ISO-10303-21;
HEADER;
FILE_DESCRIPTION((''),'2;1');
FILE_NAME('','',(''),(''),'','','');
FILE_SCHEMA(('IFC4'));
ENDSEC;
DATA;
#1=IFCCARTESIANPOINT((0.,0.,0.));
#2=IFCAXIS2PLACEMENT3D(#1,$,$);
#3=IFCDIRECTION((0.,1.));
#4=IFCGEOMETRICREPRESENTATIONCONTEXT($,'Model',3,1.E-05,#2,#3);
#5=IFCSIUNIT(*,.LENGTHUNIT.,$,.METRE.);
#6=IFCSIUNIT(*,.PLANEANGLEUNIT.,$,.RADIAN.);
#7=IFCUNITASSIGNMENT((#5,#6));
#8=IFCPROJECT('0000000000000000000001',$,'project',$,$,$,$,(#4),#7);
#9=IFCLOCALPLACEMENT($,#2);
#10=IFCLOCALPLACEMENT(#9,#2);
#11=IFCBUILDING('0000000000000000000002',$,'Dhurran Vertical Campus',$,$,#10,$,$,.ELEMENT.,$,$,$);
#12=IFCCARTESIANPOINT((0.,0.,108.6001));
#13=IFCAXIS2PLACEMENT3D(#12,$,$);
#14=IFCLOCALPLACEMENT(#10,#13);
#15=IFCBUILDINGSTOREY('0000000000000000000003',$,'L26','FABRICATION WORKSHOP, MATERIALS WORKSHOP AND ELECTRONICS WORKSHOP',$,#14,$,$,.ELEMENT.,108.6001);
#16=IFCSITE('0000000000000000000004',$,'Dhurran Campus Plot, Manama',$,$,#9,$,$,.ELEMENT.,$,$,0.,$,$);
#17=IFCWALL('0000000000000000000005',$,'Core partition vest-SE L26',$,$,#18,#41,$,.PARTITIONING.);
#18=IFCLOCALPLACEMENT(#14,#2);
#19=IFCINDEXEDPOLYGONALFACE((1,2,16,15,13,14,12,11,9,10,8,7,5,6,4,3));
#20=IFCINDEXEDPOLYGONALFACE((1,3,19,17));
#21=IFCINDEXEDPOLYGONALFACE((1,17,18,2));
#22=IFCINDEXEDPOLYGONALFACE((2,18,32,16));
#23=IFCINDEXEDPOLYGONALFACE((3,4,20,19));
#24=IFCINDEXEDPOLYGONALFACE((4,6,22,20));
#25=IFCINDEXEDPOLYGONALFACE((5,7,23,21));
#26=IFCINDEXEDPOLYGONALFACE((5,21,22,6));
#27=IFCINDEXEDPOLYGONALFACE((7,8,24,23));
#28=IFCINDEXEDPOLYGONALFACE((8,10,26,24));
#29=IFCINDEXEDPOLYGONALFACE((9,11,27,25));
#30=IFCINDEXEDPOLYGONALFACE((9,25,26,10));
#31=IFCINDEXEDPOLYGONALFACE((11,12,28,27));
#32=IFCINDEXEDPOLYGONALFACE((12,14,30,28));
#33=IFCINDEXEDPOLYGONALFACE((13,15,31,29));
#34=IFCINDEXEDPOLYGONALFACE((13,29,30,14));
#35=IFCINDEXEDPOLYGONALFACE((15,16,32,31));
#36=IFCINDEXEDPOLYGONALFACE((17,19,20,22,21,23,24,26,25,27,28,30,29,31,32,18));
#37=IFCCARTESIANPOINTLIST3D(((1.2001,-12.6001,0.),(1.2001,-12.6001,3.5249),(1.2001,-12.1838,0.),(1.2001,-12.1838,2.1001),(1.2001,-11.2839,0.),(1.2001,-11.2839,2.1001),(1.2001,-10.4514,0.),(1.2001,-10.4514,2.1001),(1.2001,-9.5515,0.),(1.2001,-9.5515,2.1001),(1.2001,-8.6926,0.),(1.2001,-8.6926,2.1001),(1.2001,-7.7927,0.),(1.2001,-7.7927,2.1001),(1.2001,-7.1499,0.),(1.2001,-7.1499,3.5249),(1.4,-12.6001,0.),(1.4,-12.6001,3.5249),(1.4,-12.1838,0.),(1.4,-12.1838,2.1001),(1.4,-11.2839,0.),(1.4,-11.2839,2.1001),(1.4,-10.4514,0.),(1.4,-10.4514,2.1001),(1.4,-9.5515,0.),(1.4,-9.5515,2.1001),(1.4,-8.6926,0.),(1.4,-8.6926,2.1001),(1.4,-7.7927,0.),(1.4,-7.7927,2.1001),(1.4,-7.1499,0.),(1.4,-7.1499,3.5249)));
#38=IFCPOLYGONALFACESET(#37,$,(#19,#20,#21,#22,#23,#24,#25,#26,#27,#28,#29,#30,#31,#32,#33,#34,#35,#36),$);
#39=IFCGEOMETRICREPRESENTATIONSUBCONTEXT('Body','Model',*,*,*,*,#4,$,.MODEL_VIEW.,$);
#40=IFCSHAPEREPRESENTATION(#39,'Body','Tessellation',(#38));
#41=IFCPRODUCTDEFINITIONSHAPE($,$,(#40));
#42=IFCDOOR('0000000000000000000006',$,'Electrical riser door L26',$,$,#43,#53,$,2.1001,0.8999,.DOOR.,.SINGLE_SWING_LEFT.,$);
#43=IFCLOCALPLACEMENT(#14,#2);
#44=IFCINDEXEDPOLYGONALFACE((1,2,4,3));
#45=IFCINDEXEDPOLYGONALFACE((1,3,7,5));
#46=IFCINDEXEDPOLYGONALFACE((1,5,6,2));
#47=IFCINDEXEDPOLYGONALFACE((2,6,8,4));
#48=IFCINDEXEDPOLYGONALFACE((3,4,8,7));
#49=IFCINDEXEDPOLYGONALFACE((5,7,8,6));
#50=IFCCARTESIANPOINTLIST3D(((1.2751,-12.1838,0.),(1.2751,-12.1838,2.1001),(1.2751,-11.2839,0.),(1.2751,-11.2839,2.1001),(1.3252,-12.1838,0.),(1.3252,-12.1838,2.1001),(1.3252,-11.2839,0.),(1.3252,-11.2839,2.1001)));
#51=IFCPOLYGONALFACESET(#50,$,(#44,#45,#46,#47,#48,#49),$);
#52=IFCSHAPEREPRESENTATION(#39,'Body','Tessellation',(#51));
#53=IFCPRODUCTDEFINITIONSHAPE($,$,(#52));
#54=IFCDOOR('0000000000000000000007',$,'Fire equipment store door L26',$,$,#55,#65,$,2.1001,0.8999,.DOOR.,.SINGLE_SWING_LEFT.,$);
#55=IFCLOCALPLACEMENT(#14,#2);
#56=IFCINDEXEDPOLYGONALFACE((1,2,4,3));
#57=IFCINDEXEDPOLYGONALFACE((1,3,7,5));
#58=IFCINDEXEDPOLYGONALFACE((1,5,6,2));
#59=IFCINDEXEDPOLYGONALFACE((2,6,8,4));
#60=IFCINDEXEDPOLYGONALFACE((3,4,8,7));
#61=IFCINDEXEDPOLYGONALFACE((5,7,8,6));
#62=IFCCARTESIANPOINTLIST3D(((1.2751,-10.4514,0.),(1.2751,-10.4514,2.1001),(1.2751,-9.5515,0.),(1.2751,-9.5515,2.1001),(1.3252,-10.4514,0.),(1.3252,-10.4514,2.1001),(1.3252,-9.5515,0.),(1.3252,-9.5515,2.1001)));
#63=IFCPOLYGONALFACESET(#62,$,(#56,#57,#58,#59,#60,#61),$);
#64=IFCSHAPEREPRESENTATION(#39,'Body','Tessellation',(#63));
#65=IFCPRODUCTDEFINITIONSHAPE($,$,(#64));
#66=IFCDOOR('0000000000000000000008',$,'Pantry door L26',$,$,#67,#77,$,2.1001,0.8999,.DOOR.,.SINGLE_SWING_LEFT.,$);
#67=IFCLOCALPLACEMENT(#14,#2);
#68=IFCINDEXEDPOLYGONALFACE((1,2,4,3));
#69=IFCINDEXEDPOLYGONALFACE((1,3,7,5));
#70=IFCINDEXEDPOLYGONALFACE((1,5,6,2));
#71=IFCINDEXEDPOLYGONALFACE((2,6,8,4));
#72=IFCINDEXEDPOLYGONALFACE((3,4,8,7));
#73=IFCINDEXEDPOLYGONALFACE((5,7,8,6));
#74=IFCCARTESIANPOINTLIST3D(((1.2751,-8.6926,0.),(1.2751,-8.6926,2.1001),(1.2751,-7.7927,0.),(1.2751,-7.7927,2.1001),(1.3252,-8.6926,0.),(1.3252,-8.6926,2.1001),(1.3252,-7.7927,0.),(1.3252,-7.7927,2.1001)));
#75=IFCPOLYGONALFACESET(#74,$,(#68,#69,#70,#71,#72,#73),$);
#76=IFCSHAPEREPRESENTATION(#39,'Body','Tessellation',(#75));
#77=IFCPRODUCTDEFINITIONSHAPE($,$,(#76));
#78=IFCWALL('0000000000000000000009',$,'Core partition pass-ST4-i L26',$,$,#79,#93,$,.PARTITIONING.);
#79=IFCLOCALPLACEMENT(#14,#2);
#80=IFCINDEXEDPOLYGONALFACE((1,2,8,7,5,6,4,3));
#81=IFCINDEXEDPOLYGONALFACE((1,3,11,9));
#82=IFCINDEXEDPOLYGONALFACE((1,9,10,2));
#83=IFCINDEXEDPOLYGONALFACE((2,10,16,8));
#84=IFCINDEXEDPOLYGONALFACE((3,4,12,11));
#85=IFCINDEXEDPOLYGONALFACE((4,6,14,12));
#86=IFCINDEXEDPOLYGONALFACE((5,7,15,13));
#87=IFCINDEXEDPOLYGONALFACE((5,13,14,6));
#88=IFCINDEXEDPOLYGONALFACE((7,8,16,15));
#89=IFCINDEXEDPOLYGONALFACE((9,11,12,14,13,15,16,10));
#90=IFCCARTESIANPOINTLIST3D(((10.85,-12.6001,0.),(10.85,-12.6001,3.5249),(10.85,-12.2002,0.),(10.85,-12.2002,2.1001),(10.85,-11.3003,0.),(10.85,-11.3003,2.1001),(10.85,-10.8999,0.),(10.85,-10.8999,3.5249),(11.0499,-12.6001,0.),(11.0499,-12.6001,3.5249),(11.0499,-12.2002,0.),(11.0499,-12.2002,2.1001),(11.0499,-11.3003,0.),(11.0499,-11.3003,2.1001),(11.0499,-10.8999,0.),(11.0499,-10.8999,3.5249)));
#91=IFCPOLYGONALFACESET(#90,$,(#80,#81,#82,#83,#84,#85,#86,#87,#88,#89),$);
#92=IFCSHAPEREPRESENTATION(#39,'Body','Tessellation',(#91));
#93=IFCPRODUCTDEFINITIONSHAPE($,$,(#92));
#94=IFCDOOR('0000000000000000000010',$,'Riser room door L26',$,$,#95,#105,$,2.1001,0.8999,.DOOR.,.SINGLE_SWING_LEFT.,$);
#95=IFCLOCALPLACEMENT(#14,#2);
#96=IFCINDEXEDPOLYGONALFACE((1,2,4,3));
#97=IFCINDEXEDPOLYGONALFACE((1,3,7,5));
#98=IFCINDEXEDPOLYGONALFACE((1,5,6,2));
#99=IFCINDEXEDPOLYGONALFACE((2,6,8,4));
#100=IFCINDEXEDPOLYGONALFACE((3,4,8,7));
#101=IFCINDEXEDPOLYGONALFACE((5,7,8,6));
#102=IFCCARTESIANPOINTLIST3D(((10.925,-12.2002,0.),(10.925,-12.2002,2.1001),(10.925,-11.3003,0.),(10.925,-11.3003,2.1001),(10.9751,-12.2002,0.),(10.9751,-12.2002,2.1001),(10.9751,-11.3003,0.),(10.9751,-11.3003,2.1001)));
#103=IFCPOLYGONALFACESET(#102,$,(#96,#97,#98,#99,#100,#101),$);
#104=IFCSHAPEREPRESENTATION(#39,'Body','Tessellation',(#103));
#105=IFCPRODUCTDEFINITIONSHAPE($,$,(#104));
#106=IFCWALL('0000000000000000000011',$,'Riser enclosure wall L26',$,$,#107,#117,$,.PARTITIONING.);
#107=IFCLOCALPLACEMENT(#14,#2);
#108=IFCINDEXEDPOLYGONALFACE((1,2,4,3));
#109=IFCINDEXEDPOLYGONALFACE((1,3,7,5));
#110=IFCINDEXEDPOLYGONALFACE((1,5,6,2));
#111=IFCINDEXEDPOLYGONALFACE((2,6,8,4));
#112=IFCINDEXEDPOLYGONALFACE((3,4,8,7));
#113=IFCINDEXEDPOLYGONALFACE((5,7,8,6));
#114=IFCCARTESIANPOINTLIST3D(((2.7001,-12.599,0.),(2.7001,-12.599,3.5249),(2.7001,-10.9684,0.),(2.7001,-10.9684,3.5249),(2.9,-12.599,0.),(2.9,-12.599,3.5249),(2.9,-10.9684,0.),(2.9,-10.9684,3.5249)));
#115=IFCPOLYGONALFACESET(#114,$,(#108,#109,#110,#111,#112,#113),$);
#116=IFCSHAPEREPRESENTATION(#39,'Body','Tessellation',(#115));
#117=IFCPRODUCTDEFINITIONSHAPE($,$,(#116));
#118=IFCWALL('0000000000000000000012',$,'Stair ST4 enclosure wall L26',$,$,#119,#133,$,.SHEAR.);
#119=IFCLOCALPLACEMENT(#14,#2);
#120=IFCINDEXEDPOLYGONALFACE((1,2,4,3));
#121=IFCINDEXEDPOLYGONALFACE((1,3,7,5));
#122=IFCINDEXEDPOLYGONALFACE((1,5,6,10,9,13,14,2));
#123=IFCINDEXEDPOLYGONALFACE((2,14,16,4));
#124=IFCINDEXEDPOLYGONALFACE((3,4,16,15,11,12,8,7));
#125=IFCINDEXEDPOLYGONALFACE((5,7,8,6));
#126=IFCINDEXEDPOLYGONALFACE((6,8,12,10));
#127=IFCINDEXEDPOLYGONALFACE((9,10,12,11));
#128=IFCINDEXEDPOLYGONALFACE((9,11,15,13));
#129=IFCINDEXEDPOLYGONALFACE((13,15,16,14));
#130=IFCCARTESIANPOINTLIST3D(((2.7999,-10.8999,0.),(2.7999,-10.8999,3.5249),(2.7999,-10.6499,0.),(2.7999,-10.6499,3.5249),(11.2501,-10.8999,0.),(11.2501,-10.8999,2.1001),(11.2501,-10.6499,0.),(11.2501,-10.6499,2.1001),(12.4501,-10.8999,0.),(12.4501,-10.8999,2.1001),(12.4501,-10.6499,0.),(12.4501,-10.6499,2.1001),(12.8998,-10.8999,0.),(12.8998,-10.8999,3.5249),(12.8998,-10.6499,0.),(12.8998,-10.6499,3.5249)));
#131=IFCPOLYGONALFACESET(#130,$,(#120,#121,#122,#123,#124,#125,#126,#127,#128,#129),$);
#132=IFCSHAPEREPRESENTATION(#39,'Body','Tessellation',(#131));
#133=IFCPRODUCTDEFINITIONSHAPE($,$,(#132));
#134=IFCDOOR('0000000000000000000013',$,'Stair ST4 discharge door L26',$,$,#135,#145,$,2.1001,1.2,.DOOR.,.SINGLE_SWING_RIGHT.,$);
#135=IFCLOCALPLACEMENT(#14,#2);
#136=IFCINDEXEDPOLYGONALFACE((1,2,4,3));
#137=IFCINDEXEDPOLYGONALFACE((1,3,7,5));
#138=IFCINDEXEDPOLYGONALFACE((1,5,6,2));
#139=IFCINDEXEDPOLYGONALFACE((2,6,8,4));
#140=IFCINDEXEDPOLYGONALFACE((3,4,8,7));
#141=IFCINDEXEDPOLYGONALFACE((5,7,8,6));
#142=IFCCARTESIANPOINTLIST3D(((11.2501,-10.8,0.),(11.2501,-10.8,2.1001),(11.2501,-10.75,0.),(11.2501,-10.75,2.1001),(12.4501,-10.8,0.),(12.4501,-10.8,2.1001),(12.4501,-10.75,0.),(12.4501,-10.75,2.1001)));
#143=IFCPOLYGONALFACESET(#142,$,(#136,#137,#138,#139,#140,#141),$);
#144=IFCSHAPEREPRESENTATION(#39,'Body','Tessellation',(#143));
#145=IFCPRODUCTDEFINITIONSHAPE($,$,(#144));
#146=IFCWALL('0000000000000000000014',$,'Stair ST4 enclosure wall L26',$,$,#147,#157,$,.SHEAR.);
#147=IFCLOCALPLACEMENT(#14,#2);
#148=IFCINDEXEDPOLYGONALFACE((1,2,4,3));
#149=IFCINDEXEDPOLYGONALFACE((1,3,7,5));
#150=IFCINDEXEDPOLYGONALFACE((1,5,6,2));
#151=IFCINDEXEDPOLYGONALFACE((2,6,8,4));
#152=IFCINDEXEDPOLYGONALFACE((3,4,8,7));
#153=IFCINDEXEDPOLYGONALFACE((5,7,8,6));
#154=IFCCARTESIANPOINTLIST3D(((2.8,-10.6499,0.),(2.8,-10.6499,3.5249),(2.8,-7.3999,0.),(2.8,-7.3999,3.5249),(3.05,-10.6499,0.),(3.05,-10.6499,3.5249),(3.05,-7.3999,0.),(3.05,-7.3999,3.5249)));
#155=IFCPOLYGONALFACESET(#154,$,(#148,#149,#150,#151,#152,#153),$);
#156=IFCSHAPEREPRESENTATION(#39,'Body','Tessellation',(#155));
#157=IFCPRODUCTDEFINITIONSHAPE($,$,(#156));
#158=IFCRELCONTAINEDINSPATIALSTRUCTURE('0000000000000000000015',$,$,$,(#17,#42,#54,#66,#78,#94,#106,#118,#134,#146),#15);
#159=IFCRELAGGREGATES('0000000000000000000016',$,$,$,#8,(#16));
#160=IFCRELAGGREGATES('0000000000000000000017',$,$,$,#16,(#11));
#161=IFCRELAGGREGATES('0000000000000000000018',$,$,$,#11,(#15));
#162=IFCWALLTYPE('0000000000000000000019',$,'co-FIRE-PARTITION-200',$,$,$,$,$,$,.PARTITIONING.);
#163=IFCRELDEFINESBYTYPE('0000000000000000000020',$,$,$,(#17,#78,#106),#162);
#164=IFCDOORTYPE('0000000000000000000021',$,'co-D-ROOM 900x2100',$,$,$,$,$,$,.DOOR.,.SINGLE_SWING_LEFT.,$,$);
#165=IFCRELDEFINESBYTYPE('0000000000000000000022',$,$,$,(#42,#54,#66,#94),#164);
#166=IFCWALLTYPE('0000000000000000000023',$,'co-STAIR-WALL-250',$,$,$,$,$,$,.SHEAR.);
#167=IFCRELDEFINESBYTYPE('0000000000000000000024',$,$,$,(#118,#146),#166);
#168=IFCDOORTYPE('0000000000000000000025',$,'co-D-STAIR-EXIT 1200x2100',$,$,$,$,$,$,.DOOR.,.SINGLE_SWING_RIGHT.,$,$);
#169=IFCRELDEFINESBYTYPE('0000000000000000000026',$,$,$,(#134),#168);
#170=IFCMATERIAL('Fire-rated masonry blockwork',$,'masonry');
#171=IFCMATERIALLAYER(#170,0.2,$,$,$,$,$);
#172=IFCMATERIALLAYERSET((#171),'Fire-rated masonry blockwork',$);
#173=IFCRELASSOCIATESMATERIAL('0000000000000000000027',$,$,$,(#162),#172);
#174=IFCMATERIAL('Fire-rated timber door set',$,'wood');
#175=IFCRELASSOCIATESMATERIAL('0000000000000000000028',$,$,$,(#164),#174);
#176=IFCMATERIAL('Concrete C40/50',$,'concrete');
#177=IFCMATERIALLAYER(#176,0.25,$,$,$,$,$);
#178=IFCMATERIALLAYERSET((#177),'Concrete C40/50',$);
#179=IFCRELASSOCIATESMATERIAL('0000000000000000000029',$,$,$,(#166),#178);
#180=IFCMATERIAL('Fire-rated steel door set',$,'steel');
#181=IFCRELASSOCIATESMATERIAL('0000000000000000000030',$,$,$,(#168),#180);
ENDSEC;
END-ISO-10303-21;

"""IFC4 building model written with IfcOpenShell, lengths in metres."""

from ifc_helpers import new_model, si_unit, direction, frame, frame_2d, origin, place, context, subcontext, project, spatial, rectangle, extrude, material, layer, layer_set, type_object, element, fill, save


model = new_model("IFC4")

# Units and contexts
model_context = context("Model", 3, precision=1e-05, world=origin(), true_north=direction((0.0, 1.0)))
body_context = subcontext(model_context, "Body", "Model", "MODEL_VIEW")
ifc_project = project(units=[si_unit("LENGTHUNIT", "METRE"), si_unit("PLANEANGLEUNIT", "RADIAN")], contexts=[model_context])

# Site, building, storey
site_placement = place(None, origin())
site = spatial("IfcSite", under=ifc_project, at=site_placement, Name="Dhurran Campus Plot, Manama", CompositionType="ELEMENT", RefElevation=0.0)
building_placement = place(site_placement, origin())
building = spatial("IfcBuilding", under=site, at=building_placement, Name="Dhurran Vertical Campus", CompositionType="ELEMENT")
storey_placement = place(building_placement, frame((0.0, 0.0, 108.6001)))
storey = spatial("IfcBuildingStorey", under=building, at=storey_placement, Name="L26", Description="FABRICATION WORKSHOP, MATERIALS WORKSHOP AND ELECTRONICS WORKSHOP", CompositionType="ELEMENT", Elevation=108.6001)

# Shared definitions
ifc_material_1 = material(Name="Fire-rated masonry blockwork", Category="masonry")
ifc_layer_1 = layer(ifc_material_1, 0.2)
ifc_layer_set_1 = layer_set([ifc_layer_1], Name="Fire-rated masonry blockwork")
wall_type_1 = type_object("IfcWallType", Name="co-FIRE-PARTITION-200", PredefinedType="PARTITIONING", material=ifc_layer_set_1)

# Wall, openings, doors
wall_1_placement = place(storey_placement, frame((1.3, -12.6001, 0.0), z_axis=(0.0, 0.0, 1.0), x_axis=(0.0, 1.0, 0.0)))
wall_1 = element("IfcWall", 1, at=wall_1_placement, inside=storey, type_object=wall_type_1, Name="Core partition vest-SE L26", PredefinedType="PARTITIONING", context=body_context, shape_type="SweptSolid", body=[
    extrude(rectangle(XDim=5.4502, YDim=0.2, at=frame_2d((2.7251, 0.0))), origin(), (0.0, 0.0, 1.0), 3.5249),
])
opening_1_placement = place(wall_1_placement, frame((0.4163, 0.0, 0.0)))
opening_1 = element("IfcOpeningElement", 2, at=opening_1_placement, cuts=wall_1, PredefinedType="OPENING", context=body_context, shape_type="SweptSolid", body=[
    extrude(rectangle(XDim=0.8999, YDim=2.1001, at=frame_2d((0.45, 1.05))), frame((0.0, 0.1099, 0.0), z_axis=(0.0, -1.0, 0.0), x_axis=(1.0, 0.0, 0.0)), (0.0, 0.0, 1.0), 0.22),
])
opening_2_placement = place(wall_1_placement, frame((2.1487, 0.0, 0.0)))
opening_2 = element("IfcOpeningElement", 3, at=opening_2_placement, cuts=wall_1, PredefinedType="OPENING", context=body_context, shape_type="SweptSolid", body=[
    extrude(rectangle(XDim=0.8999, YDim=2.1001, at=frame_2d((0.45, 1.05))), frame((0.0, 0.1099, 0.0), z_axis=(0.0, -1.0, 0.0), x_axis=(1.0, 0.0, 0.0)), (0.0, 0.0, 1.0), 0.22),
])
opening_3_placement = place(wall_1_placement, frame((3.9075, 0.0, 0.0)))
opening_3 = element("IfcOpeningElement", 4, at=opening_3_placement, cuts=wall_1, PredefinedType="OPENING", context=body_context, shape_type="SweptSolid", body=[
    extrude(rectangle(XDim=0.8999, YDim=2.1001, at=frame_2d((0.45, 1.05))), frame((0.0, 0.1099, 0.0), z_axis=(0.0, -1.0, 0.0), x_axis=(1.0, 0.0, 0.0)), (0.0, 0.0, 1.0), 0.22),
])
ifc_material_2 = material(Name="Fire-rated timber door set", Category="wood")
door_type_1 = type_object("IfcDoorType", Name="co-D-ROOM 900x2100", OperationType="SINGLE_SWING_LEFT", PredefinedType="DOOR", material=ifc_material_2)
door_1_placement = place(opening_1_placement, origin())
door_1 = element("IfcDoor", 5, at=door_1_placement, inside=storey, type_object=door_type_1, Name="Electrical riser door L26", OperationType="SINGLE_SWING_LEFT", OverallHeight=2.1001, OverallWidth=0.8999, PredefinedType="DOOR", context=body_context, shape_type="SweptSolid", body=[
    extrude(rectangle(XDim=0.8999, YDim=2.1001, at=frame_2d((0.45, 1.05))), frame((0.0, 0.0249, 0.0), z_axis=(0.0, -1.0, 0.0), x_axis=(1.0, 0.0, 0.0)), (0.0, 0.0, 1.0), 0.05),
])
fill(opening_1, door_1)
door_2_placement = place(opening_2_placement, origin())
door_2 = element("IfcDoor", 6, at=door_2_placement, inside=storey, type_object=door_type_1, Name="Fire equipment store door L26", OperationType="SINGLE_SWING_LEFT", OverallHeight=2.1001, OverallWidth=0.8999, PredefinedType="DOOR", context=body_context, shape_type="SweptSolid", body=[
    extrude(rectangle(XDim=0.8999, YDim=2.1001, at=frame_2d((0.45, 1.05))), frame((0.0, 0.0249, 0.0), z_axis=(0.0, -1.0, 0.0), x_axis=(1.0, 0.0, 0.0)), (0.0, 0.0, 1.0), 0.05),
])
fill(opening_2, door_2)
door_3_placement = place(opening_3_placement, origin())
door_3 = element("IfcDoor", 7, at=door_3_placement, inside=storey, type_object=door_type_1, Name="Pantry door L26", OperationType="SINGLE_SWING_LEFT", OverallHeight=2.1001, OverallWidth=0.8999, PredefinedType="DOOR", context=body_context, shape_type="SweptSolid", body=[
    extrude(rectangle(XDim=0.8999, YDim=2.1001, at=frame_2d((0.45, 1.05))), frame((0.0, 0.0249, 0.0), z_axis=(0.0, -1.0, 0.0), x_axis=(1.0, 0.0, 0.0)), (0.0, 0.0, 1.0), 0.05),
])
fill(opening_3, door_3)

# Wall, opening, door
wall_2_placement = place(storey_placement, frame((10.95, -12.6001, 0.0), z_axis=(0.0, 0.0, 1.0), x_axis=(0.0, 1.0, 0.0)))
wall_2 = element("IfcWall", 8, at=wall_2_placement, inside=storey, type_object=wall_type_1, Name="Core partition pass-ST4-i L26", PredefinedType="PARTITIONING", context=body_context, shape_type="SweptSolid", body=[
    extrude(rectangle(XDim=1.7002, YDim=0.2, at=frame_2d((0.8501, 0.0))), origin(), (0.0, 0.0, 1.0), 3.5249),
])
opening_4_placement = place(wall_2_placement, frame((0.3999, 0.0, 0.0)))
opening_4 = element("IfcOpeningElement", 9, at=opening_4_placement, cuts=wall_2, PredefinedType="OPENING", context=body_context, shape_type="SweptSolid", body=[
    extrude(rectangle(XDim=0.8999, YDim=2.1001, at=frame_2d((0.45, 1.05))), frame((0.0, 0.1099, 0.0), z_axis=(0.0, -1.0, 0.0), x_axis=(1.0, 0.0, 0.0)), (0.0, 0.0, 1.0), 0.22),
])
door_4_placement = place(opening_4_placement, origin())
door_4 = element("IfcDoor", 10, at=door_4_placement, inside=storey, type_object=door_type_1, Name="Riser room door L26", OperationType="SINGLE_SWING_LEFT", OverallHeight=2.1001, OverallWidth=0.8999, PredefinedType="DOOR", context=body_context, shape_type="SweptSolid", body=[
    extrude(rectangle(XDim=0.8999, YDim=2.1001, at=frame_2d((0.45, 1.05))), frame((0.0, 0.0249, 0.0), z_axis=(0.0, -1.0, 0.0), x_axis=(1.0, 0.0, 0.0)), (0.0, 0.0, 1.0), 0.05),
])
fill(opening_4, door_4)

# Wall
wall_3_placement = place(storey_placement, frame((2.8, -12.5991, 0.0), z_axis=(0.0, 0.0, 1.0), x_axis=(0.0, 1.0, 0.0)))
element("IfcWall", 11, at=wall_3_placement, inside=storey, type_object=wall_type_1, Name="Riser enclosure wall L26", PredefinedType="PARTITIONING", context=body_context, shape_type="SweptSolid", body=[
    extrude(rectangle(XDim=1.6306, YDim=0.2, at=frame_2d((0.8154, 0.0))), origin(), (0.0, 0.0, 1.0), 3.5249),
])

# Wall, opening, door
ifc_material_3 = material(Name="Concrete C40/50", Category="concrete")
ifc_layer_2 = layer(ifc_material_3, 0.25)
ifc_layer_set_2 = layer_set([ifc_layer_2], Name="Concrete C40/50")
wall_type_2 = type_object("IfcWallType", Name="co-STAIR-WALL-250", PredefinedType="SHEAR", material=ifc_layer_set_2)
wall_4_placement = place(storey_placement, frame((2.8, -10.7749, 0.0), z_axis=(0.0, 0.0, 1.0), x_axis=(1.0, 0.0, 0.0)))
wall_4 = element("IfcWall", 12, at=wall_4_placement, inside=storey, type_object=wall_type_2, Name="Stair ST4 enclosure wall L26", PredefinedType="SHEAR", context=body_context, shape_type="SweptSolid", body=[
    extrude(rectangle(XDim=10.0999, YDim=0.25, at=frame_2d((5.0498, 0.0))), origin(), (0.0, 0.0, 1.0), 3.5249),
])
opening_5_placement = place(wall_4_placement, frame((8.45, 0.0, 0.0)))
opening_5 = element("IfcOpeningElement", 13, at=opening_5_placement, cuts=wall_4, PredefinedType="OPENING", context=body_context, shape_type="SweptSolid", body=[
    extrude(rectangle(XDim=1.2, YDim=2.1001, at=frame_2d((0.6001, 1.05))), frame((0.0, 0.135, 0.0), z_axis=(0.0, -1.0, 0.0), x_axis=(1.0, 0.0, 0.0)), (0.0, 0.0, 1.0), 0.27),
])
ifc_material_4 = material(Name="Fire-rated steel door set", Category="steel")
door_type_2 = type_object("IfcDoorType", Name="co-D-STAIR-EXIT 1200x2100", OperationType="SINGLE_SWING_RIGHT", PredefinedType="DOOR", material=ifc_material_4)
door_5_placement = place(opening_5_placement, origin())
door_5 = element("IfcDoor", 14, at=door_5_placement, inside=storey, type_object=door_type_2, Name="Stair ST4 discharge door L26", OperationType="SINGLE_SWING_RIGHT", OverallHeight=2.1001, OverallWidth=1.2, PredefinedType="DOOR", context=body_context, shape_type="SweptSolid", body=[
    extrude(rectangle(XDim=1.2, YDim=2.1001, at=frame_2d((0.6001, 1.05))), frame((0.0, 0.0249, 0.0), z_axis=(0.0, -1.0, 0.0), x_axis=(1.0, 0.0, 0.0)), (0.0, 0.0, 1.0), 0.05),
])
fill(opening_5, door_5)

# Wall
wall_5_placement = place(storey_placement, frame((2.925, -10.6499, 0.0), z_axis=(0.0, 0.0, 1.0), x_axis=(0.0, 1.0, 0.0)))
element("IfcWall", 15, at=wall_5_placement, inside=storey, type_object=wall_type_2, Name="Stair ST4 enclosure wall L26", PredefinedType="SHEAR", context=body_context, shape_type="SweptSolid", body=[
    extrude(rectangle(XDim=3.25, YDim=0.25, at=frame_2d((1.625, 0.0))), origin(), (0.0, 0.0, 1.0), 3.5249),
])

save(model, "model.ifc")
